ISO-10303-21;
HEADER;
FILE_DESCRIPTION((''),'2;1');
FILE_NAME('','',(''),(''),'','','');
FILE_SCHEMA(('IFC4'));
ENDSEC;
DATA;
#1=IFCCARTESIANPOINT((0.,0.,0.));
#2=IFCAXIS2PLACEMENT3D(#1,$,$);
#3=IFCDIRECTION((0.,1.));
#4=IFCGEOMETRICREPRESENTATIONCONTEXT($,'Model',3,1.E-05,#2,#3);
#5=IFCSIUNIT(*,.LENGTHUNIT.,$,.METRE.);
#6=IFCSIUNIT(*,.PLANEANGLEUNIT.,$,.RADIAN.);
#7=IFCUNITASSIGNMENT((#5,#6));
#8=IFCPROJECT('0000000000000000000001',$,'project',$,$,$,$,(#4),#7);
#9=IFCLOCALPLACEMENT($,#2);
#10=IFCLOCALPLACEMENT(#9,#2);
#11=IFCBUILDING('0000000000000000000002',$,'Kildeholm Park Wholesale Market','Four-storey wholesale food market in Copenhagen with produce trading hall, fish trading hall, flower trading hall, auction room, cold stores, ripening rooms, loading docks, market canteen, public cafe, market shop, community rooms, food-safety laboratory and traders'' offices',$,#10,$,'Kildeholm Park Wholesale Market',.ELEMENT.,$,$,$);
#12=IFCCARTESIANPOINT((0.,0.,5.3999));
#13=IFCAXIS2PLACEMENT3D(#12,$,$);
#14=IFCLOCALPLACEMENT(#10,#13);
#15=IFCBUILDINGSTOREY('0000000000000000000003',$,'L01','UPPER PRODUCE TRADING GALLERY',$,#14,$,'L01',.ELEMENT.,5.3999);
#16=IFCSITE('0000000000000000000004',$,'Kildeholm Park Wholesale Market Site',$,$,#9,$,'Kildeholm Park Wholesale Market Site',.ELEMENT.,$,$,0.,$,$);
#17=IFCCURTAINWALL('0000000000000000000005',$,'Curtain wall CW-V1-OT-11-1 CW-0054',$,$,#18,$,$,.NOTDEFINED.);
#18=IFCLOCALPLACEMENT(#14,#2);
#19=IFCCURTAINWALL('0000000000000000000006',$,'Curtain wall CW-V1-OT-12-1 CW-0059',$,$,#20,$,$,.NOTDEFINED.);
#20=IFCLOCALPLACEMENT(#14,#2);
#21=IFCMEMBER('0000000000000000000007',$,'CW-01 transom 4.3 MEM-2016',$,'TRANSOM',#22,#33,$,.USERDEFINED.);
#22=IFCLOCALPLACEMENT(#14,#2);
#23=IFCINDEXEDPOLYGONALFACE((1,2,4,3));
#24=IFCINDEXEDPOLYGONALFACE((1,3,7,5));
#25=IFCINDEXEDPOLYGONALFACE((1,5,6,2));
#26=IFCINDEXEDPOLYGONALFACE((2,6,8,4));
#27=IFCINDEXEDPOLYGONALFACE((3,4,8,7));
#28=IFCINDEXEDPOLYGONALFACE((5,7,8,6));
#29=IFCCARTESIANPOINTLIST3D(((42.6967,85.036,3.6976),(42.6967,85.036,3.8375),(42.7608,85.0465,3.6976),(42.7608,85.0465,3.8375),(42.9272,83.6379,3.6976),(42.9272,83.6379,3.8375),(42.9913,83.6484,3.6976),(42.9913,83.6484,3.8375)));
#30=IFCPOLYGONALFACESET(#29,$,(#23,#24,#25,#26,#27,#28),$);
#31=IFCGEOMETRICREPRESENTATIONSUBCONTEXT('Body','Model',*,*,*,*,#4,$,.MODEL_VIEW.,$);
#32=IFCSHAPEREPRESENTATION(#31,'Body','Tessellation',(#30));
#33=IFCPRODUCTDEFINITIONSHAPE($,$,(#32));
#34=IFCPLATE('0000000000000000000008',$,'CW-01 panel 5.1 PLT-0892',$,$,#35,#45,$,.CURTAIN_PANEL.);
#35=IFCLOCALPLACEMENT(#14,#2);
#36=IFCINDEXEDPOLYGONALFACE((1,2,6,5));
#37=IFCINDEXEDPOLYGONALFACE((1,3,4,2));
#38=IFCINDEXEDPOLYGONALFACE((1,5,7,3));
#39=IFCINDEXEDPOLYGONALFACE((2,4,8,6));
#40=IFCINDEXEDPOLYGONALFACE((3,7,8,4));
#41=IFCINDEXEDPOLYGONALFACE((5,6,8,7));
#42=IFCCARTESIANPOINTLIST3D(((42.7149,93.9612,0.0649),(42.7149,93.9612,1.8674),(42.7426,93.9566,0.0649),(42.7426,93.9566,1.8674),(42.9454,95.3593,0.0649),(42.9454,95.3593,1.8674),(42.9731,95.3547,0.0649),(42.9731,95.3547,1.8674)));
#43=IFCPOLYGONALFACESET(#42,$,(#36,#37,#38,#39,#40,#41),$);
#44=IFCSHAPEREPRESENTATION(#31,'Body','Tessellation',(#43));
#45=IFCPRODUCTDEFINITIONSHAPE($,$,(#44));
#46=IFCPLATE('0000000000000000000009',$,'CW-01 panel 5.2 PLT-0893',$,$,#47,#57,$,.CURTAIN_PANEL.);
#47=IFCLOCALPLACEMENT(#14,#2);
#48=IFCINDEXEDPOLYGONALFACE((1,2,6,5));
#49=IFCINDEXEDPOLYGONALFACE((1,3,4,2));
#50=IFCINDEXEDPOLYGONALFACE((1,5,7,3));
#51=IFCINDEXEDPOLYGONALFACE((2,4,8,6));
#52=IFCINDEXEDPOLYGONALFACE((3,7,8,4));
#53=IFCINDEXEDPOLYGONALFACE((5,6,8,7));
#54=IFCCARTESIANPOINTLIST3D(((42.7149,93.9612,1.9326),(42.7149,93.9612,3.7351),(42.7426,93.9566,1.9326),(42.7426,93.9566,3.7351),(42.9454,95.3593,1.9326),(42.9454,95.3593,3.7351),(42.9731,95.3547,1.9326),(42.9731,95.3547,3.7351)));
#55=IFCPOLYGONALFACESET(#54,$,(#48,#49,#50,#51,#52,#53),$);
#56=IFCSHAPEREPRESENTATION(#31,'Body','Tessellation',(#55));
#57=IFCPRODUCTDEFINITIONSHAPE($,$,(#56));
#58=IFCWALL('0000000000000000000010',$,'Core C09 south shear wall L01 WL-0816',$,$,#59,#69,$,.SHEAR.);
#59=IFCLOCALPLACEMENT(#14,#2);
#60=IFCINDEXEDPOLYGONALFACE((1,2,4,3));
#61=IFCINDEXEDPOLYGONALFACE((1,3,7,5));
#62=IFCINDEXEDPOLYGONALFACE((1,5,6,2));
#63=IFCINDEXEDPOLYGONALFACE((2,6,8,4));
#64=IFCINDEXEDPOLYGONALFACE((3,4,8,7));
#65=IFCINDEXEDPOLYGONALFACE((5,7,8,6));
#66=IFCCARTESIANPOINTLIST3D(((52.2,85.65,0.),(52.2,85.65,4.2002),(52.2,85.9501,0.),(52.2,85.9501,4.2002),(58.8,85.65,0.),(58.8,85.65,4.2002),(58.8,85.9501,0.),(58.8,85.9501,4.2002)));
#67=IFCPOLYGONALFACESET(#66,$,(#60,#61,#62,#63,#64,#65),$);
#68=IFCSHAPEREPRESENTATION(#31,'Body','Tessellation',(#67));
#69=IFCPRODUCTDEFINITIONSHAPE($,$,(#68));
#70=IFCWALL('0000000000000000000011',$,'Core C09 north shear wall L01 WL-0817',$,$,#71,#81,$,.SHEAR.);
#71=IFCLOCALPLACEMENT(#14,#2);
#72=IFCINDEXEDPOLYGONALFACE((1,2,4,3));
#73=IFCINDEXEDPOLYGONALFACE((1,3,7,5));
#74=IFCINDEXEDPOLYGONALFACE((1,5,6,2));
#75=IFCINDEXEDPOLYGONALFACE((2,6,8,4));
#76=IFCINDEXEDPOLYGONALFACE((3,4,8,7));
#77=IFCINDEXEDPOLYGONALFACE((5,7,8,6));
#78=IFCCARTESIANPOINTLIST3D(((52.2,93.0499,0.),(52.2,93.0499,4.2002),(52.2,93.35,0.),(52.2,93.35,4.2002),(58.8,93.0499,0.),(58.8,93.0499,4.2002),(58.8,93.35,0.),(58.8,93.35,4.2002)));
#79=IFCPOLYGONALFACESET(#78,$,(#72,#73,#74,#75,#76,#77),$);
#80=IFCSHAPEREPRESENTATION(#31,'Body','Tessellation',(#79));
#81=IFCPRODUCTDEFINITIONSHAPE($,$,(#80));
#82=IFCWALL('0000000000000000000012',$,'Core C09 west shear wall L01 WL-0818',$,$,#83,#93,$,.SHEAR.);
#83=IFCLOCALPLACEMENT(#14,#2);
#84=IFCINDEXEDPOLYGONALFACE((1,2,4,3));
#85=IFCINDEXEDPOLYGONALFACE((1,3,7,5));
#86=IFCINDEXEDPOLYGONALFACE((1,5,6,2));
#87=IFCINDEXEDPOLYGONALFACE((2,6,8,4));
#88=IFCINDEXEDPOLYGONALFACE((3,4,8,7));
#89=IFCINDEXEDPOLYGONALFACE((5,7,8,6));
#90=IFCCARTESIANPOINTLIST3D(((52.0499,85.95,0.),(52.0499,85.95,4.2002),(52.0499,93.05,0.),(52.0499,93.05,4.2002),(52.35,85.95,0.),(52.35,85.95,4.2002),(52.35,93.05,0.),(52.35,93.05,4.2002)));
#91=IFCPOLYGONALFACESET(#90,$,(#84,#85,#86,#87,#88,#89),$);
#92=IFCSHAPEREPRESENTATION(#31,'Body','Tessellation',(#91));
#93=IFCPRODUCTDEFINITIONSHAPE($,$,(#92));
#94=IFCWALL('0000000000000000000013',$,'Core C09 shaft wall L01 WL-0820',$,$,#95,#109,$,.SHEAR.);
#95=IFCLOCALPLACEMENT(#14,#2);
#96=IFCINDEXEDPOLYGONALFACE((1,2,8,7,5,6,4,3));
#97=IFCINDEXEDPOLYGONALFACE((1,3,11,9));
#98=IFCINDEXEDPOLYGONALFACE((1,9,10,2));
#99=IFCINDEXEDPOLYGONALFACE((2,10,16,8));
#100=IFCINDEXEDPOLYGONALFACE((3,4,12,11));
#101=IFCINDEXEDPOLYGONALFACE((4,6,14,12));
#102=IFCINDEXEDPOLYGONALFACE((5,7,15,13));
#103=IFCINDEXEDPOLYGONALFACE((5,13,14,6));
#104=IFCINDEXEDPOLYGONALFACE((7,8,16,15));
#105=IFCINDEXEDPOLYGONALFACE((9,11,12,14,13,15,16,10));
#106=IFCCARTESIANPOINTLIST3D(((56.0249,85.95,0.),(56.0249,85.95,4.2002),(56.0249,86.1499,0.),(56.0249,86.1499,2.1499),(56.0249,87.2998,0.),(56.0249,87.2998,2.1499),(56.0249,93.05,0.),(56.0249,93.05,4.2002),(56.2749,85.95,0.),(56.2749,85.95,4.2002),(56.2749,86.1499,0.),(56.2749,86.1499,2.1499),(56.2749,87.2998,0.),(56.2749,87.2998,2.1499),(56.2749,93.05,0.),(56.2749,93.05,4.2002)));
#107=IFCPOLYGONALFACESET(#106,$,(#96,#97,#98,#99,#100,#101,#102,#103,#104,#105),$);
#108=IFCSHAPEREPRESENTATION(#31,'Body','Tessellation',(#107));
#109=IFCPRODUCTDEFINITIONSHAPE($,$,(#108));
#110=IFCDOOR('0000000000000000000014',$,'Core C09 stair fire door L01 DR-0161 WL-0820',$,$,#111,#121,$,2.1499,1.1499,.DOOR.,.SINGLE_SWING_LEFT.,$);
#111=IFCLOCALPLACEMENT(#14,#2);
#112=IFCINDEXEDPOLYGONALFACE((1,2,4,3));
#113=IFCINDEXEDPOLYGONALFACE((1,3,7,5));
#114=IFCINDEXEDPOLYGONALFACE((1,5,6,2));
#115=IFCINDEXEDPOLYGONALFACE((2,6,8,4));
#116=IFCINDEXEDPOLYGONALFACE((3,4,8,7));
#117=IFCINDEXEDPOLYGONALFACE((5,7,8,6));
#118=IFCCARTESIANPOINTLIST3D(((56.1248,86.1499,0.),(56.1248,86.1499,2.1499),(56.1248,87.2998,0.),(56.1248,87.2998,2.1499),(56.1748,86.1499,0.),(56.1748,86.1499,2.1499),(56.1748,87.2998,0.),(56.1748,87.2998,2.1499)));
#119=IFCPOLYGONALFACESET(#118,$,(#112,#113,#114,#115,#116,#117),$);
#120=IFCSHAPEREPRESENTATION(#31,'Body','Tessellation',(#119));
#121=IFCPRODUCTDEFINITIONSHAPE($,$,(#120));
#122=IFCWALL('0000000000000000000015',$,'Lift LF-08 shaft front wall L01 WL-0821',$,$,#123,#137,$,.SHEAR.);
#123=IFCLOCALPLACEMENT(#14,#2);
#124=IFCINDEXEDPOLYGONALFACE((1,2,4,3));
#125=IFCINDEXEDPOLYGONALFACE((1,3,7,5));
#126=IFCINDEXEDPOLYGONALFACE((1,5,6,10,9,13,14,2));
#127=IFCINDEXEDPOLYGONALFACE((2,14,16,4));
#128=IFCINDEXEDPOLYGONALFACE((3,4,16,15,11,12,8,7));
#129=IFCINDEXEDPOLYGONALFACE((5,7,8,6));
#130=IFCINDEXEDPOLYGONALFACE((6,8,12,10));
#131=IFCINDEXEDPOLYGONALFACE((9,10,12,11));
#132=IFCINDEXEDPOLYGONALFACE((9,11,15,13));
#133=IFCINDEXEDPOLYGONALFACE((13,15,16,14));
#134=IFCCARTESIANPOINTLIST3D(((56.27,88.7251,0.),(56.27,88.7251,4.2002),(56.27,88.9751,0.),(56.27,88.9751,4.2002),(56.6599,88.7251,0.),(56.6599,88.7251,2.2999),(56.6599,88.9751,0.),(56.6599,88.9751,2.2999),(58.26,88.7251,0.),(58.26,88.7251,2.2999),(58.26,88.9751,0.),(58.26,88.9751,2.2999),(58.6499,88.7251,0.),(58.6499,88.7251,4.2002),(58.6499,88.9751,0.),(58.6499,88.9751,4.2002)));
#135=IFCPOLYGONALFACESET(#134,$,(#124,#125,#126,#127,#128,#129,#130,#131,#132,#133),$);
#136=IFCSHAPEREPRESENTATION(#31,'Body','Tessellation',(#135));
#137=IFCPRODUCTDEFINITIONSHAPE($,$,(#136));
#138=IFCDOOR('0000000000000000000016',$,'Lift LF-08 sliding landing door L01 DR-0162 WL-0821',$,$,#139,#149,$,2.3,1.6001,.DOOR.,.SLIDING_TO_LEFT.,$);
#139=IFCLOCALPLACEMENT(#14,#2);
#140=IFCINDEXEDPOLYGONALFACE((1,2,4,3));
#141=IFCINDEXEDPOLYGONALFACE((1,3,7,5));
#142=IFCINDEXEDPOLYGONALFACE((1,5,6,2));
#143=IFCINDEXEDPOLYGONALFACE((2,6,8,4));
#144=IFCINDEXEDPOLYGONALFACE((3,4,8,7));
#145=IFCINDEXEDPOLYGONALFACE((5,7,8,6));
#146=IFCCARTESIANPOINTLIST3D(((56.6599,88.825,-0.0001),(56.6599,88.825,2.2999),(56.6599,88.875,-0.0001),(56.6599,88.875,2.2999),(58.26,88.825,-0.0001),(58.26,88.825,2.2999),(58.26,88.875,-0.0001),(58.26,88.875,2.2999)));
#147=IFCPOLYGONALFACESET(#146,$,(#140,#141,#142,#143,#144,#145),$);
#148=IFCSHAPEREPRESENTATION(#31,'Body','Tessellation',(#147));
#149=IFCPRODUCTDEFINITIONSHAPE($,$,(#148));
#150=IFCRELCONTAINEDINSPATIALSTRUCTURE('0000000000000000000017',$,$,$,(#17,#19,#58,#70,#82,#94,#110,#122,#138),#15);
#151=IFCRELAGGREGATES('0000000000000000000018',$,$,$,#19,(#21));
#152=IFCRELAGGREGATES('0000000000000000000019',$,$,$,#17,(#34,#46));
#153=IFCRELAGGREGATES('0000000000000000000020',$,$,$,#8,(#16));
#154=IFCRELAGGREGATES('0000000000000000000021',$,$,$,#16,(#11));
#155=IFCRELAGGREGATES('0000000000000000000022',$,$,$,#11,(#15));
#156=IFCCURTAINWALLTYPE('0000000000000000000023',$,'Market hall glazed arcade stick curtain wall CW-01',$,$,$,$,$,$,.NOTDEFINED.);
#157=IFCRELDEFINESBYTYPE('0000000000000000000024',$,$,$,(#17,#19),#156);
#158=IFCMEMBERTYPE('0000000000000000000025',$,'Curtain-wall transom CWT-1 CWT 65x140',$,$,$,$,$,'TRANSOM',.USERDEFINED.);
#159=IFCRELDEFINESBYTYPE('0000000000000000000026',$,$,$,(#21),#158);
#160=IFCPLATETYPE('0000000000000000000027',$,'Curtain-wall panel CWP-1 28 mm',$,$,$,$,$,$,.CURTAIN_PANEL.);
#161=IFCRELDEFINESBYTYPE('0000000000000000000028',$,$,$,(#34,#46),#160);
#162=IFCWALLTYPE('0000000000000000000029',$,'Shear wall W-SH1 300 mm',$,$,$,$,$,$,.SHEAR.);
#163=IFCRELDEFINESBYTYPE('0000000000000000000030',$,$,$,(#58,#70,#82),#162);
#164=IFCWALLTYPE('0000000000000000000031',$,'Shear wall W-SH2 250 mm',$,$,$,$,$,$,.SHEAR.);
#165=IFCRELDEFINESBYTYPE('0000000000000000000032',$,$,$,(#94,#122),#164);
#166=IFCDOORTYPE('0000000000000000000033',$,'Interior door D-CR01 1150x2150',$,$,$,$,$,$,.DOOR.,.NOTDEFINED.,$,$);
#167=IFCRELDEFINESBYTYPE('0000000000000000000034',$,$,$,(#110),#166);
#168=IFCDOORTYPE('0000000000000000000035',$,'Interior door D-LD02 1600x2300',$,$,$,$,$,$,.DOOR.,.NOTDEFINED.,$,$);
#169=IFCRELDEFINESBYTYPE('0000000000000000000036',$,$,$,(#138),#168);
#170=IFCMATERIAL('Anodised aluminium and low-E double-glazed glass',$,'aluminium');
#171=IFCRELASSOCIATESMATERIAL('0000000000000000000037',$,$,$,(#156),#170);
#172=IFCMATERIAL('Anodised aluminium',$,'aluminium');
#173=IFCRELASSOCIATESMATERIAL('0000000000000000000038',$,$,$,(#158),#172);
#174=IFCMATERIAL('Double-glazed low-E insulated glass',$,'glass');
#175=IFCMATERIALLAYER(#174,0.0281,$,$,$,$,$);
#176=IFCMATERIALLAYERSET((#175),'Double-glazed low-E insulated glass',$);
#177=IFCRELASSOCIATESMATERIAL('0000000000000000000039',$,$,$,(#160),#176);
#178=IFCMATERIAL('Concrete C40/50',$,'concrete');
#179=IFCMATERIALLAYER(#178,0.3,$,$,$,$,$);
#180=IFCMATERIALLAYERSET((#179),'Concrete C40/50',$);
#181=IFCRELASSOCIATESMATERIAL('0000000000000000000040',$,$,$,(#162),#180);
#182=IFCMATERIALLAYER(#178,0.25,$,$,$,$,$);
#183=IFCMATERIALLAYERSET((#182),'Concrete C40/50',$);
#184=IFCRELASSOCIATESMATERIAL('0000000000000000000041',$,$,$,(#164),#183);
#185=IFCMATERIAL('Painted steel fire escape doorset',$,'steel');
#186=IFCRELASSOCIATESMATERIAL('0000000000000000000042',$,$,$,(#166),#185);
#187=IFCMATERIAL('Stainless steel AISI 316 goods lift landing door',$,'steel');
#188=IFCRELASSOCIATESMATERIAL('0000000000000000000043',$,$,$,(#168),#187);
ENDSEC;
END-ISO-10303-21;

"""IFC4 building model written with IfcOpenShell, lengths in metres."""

from ifc_helpers import new_model, si_unit, direction, frame, frame_2d, origin, origin_2d, place, context, subcontext, project, spatial, rectangle, extrude, material, layer, layer_set, material_profile, profile_set, type_object, element, fill, aggregate, save


model = new_model("IFC4")

# Units and contexts
model_context = context("Model", 3, precision=1e-05, world=origin(), true_north=direction((0.0, 1.0)))
body_context = subcontext(model_context, "Body", "Model", "MODEL_VIEW")
ifc_project = project(units=[si_unit("LENGTHUNIT", "METRE"), si_unit("PLANEANGLEUNIT", "RADIAN")], contexts=[model_context])

# Site, building, storey
site_placement = place(None, origin())
site = spatial("IfcSite", under=ifc_project, at=site_placement, Name="Kildeholm Park Wholesale Market Site", LongName="Kildeholm Park Wholesale Market Site", CompositionType="ELEMENT", RefElevation=0.0)
building_placement = place(site_placement, origin())
building = spatial("IfcBuilding", under=site, at=building_placement, Name="Kildeholm Park Wholesale Market", Description="Four-storey wholesale food market in Copenhagen with produce trading hall, fish trading hall, flower trading hall, auction room, cold stores, ripening rooms, loading docks, market canteen, public cafe, market shop, community rooms, food-safety laboratory and traders' offices", LongName="Kildeholm Park Wholesale Market", CompositionType="ELEMENT")
storey_placement = place(building_placement, frame((0.0, 0.0, 5.3999)))
storey = spatial("IfcBuildingStorey", under=building, at=storey_placement, Name="L01", Description="UPPER PRODUCE TRADING GALLERY", LongName="L01", CompositionType="ELEMENT", Elevation=5.3999)

# Curtain walls, member
ifc_material_1 = material(Name="Anodised aluminium and low-E double-glazed glass", Category="aluminium")
curtain_wall_type = type_object("IfcCurtainWallType", Name="Market hall glazed arcade stick curtain wall CW-01", PredefinedType="NOTDEFINED", material=ifc_material_1)
curtain_wall_1_placement = place(storey_placement, origin())
curtain_wall_1 = element("IfcCurtainWall", 1, at=curtain_wall_1_placement, inside=storey, type_object=curtain_wall_type, Name="Curtain wall CW-V1-OT-11-1 CW-0054", PredefinedType="NOTDEFINED")
ifc_material_2 = material(Name="Anodised aluminium", Category="aluminium")
ifc_material_profile_1 = material_profile(ifc_material_2, rectangle(XDim=0.0649, YDim=0.1399, at=origin_2d()), Name="CWT 65x140")
ifc_profile_set_1 = profile_set([ifc_material_profile_1], Name="Anodised aluminium")
member_type = type_object("IfcMemberType", Name="Curtain-wall transom CWT-1 CWT 65x140", ElementType="TRANSOM", PredefinedType="USERDEFINED", material=ifc_profile_set_1)
curtain_wall_2_placement = place(storey_placement, origin())
curtain_wall_2 = element("IfcCurtainWall", 2, at=curtain_wall_2_placement, inside=storey, type_object=curtain_wall_type, Name="Curtain wall CW-V1-OT-12-1 CW-0059", PredefinedType="NOTDEFINED")
member_1_placement = place(storey_placement, frame((42.7288, 85.0413, 3.7676), z_axis=(0.162639, -0.986686, 0.0), x_axis=(0.986686, 0.162639, 0.0)))
member_1 = element("IfcMember", 3, at=member_1_placement, type_object=member_type, Name="CW-01 transom 4.3 MEM-2016", ObjectType="TRANSOM", PredefinedType="USERDEFINED", context=body_context, shape_type="SweptSolid", body=[
    extrude(rectangle(XDim=0.0649, YDim=0.1399, at=origin_2d()), origin(), (0.0, 0.0, 1.0), 1.417),
])
aggregate(curtain_wall_2, [member_1])

# Plates
ifc_material_3 = material(Name="Double-glazed low-E insulated glass", Category="glass")
ifc_layer_1 = layer(ifc_material_3, 0.0281)
ifc_layer_set_1 = layer_set([ifc_layer_1], Name="Double-glazed low-E insulated glass")
plate_type = type_object("IfcPlateType", Name="Curtain-wall panel CWP-1 28 mm", PredefinedType="CURTAIN_PANEL", material=ifc_layer_set_1)
plate_1_placement = place(storey_placement, frame((42.844, 94.658, 0.0649), z_axis=(0.0, 0.0, 1.0), x_axis=(-0.162703, -0.986675, 0.0)))
plate_1 = element("IfcPlate", 4, at=plate_1_placement, type_object=plate_type, Name="CW-01 panel 5.1 PLT-0892", PredefinedType="CURTAIN_PANEL", context=body_context, shape_type="SweptSolid", body=[
    extrude(rectangle(XDim=1.417, YDim=0.0281, at=origin_2d()), origin(), (0.0, 0.0, 1.0), 1.8025),
])
plate_2_placement = place(storey_placement, frame((42.844, 94.658, 1.9326), z_axis=(0.0, 0.0, 1.0), x_axis=(-0.162703, -0.986675, 0.0)))
plate_2 = element("IfcPlate", 5, at=plate_2_placement, type_object=plate_type, Name="CW-01 panel 5.2 PLT-0893", PredefinedType="CURTAIN_PANEL", context=body_context, shape_type="SweptSolid", body=[
    extrude(rectangle(XDim=1.417, YDim=0.0281, at=origin_2d()), origin(), (0.0, 0.0, 1.0), 1.8025),
])
aggregate(curtain_wall_1, [plate_1, plate_2])

# Walls
ifc_material_4 = material(Name="Concrete C40/50", Category="concrete")
ifc_layer_2 = layer(ifc_material_4, 0.3)
ifc_layer_set_2 = layer_set([ifc_layer_2], Name="Concrete C40/50")
wall_type_1 = type_object("IfcWallType", Name="Shear wall W-SH1 300 mm", PredefinedType="SHEAR", material=ifc_layer_set_2)
for number, where, z_axis, x_axis, name in (
    (6, (52.2, 85.8, 0.0), (0.0, 0.0, 1.0), (1.0, 0.0, 0.0), "Core C09 south shear wall L01 WL-0816"),
    (7, (52.2, 93.2, 0.0), (0.0, 0.0, 1.0), (1.0, 0.0, 0.0), "Core C09 north shear wall L01 WL-0817"),
):
    element("IfcWall", number, at=place(storey_placement, frame(where, z_axis=z_axis, x_axis=x_axis)), inside=storey, type_object=wall_type_1, Name=name, PredefinedType="SHEAR", context=body_context, shape_type="SweptSolid", body=[
        extrude(rectangle(XDim=6.6001, YDim=0.3, at=frame_2d((3.3, 0.0))), origin(), (0.0, 0.0, 1.0), 4.2002),
    ])
wall_1_placement = place(storey_placement, frame((52.2, 85.95, 0.0), z_axis=(0.0, 0.0, 1.0), x_axis=(0.0, 1.0, 0.0)))
element("IfcWall", 8, at=wall_1_placement, inside=storey, type_object=wall_type_1, Name="Core C09 west shear wall L01 WL-0818", PredefinedType="SHEAR", context=body_context, shape_type="SweptSolid", body=[
    extrude(rectangle(XDim=7.1001, YDim=0.3, at=frame_2d((3.55, 0.0))), origin(), (0.0, 0.0, 1.0), 4.2002),
])

# Walls, openings, doors
ifc_layer_3 = layer(ifc_material_4, 0.25)
ifc_layer_set_3 = layer_set([ifc_layer_3], Name="Concrete C40/50")
wall_type_2 = type_object("IfcWallType", Name="Shear wall W-SH2 250 mm", PredefinedType="SHEAR", material=ifc_layer_set_3)
wall_2_placement = place(storey_placement, frame((56.1499, 85.95, 0.0), z_axis=(0.0, 0.0, 1.0), x_axis=(0.0, 1.0, 0.0)))
wall_2 = element("IfcWall", 9, at=wall_2_placement, inside=storey, type_object=wall_type_2, Name="Core C09 shaft wall L01 WL-0820", PredefinedType="SHEAR", context=body_context, shape_type="SweptSolid", body=[
    extrude(rectangle(XDim=7.1001, YDim=0.25, at=frame_2d((3.55, 0.0))), origin(), (0.0, 0.0, 1.0), 4.2002),
])
opening_1_placement = place(wall_2_placement, frame((0.2, 0.0, 0.0)))
opening_1 = element("IfcOpeningElement", 10, at=opening_1_placement, cuts=wall_2, PredefinedType="OPENING", context=body_context, shape_type="SweptSolid", body=[
    extrude(rectangle(XDim=1.1499, YDim=2.1499, at=frame_2d((0.575, 1.075))), frame((0.0, 0.135, 0.0), z_axis=(0.0, -1.0, 0.0), x_axis=(1.0, 0.0, 0.0)), (0.0, 0.0, 1.0), 0.27),
])
ifc_material_5 = material(Name="Painted steel fire escape doorset", Category="steel")
door_type_1 = type_object("IfcDoorType", Name="Interior door D-CR01 1150x2150", OperationType="NOTDEFINED", PredefinedType="DOOR", material=ifc_material_5)
door_1_placement = place(opening_1_placement, frame((1.1499, 0.0, 0.0), z_axis=(0.0, 0.0, 1.0), x_axis=(-1.0, 0.0, 0.0)))
door_1 = element("IfcDoor", 11, at=door_1_placement, inside=storey, type_object=door_type_1, Name="Core C09 stair fire door L01 DR-0161 WL-0820", OperationType="SINGLE_SWING_LEFT", OverallHeight=2.1499, OverallWidth=1.1499, PredefinedType="DOOR", context=body_context, shape_type="SweptSolid", body=[
    extrude(rectangle(XDim=1.1499, YDim=2.1499, at=frame_2d((0.575, 1.075))), frame((0.0, 0.0249, 0.0), z_axis=(0.0, -1.0, 0.0), x_axis=(1.0, 0.0, 0.0)), (0.0, 0.0, 1.0), 0.05),
])
fill(opening_1, door_1)
wall_3_placement = place(storey_placement, frame((56.27, 88.8501, 0.0), z_axis=(0.0, 0.0, 1.0), x_axis=(1.0, 0.0, 0.0)))
wall_3 = element("IfcWall", 12, at=wall_3_placement, inside=storey, type_object=wall_type_2, Name="Lift LF-08 shaft front wall L01 WL-0821", PredefinedType="SHEAR", context=body_context, shape_type="SweptSolid", body=[
    extrude(rectangle(XDim=2.3799, YDim=0.25, at=frame_2d((1.1899, 0.0))), origin(), (0.0, 0.0, 1.0), 4.2002),
])
opening_2_placement = place(wall_3_placement, frame((0.3899, 0.0, 0.0)))
opening_2 = element("IfcOpeningElement", 13, at=opening_2_placement, cuts=wall_3, PredefinedType="OPENING", context=body_context, shape_type="SweptSolid", body=[
    extrude(rectangle(XDim=1.6001, YDim=2.3, at=frame_2d((0.8, 1.1499))), frame((0.0, 0.135, 0.0), z_axis=(0.0, -1.0, 0.0), x_axis=(1.0, 0.0, 0.0)), (0.0, 0.0, 1.0), 0.27),
])
ifc_material_6 = material(Name="Stainless steel AISI 316 goods lift landing door", Category="steel")
door_type_2 = type_object("IfcDoorType", Name="Interior door D-LD02 1600x2300", OperationType="NOTDEFINED", PredefinedType="DOOR", material=ifc_material_6)
door_2_placement = place(opening_2_placement, origin())
door_2 = element("IfcDoor", 14, at=door_2_placement, inside=storey, type_object=door_type_2, Name="Lift LF-08 sliding landing door L01 DR-0162 WL-0821", OperationType="SLIDING_TO_LEFT", OverallHeight=2.3, OverallWidth=1.6001, PredefinedType="DOOR", context=body_context, shape_type="SweptSolid", body=[
    extrude(rectangle(XDim=1.6001, YDim=2.3, at=frame_2d((0.8, 1.1499))), frame((0.0, 0.0249, 0.0), z_axis=(0.0, -1.0, 0.0), x_axis=(1.0, 0.0, 0.0)), (0.0, 0.0, 1.0), 0.05),
])
fill(opening_2, door_2)

save(model, "model.ifc")
